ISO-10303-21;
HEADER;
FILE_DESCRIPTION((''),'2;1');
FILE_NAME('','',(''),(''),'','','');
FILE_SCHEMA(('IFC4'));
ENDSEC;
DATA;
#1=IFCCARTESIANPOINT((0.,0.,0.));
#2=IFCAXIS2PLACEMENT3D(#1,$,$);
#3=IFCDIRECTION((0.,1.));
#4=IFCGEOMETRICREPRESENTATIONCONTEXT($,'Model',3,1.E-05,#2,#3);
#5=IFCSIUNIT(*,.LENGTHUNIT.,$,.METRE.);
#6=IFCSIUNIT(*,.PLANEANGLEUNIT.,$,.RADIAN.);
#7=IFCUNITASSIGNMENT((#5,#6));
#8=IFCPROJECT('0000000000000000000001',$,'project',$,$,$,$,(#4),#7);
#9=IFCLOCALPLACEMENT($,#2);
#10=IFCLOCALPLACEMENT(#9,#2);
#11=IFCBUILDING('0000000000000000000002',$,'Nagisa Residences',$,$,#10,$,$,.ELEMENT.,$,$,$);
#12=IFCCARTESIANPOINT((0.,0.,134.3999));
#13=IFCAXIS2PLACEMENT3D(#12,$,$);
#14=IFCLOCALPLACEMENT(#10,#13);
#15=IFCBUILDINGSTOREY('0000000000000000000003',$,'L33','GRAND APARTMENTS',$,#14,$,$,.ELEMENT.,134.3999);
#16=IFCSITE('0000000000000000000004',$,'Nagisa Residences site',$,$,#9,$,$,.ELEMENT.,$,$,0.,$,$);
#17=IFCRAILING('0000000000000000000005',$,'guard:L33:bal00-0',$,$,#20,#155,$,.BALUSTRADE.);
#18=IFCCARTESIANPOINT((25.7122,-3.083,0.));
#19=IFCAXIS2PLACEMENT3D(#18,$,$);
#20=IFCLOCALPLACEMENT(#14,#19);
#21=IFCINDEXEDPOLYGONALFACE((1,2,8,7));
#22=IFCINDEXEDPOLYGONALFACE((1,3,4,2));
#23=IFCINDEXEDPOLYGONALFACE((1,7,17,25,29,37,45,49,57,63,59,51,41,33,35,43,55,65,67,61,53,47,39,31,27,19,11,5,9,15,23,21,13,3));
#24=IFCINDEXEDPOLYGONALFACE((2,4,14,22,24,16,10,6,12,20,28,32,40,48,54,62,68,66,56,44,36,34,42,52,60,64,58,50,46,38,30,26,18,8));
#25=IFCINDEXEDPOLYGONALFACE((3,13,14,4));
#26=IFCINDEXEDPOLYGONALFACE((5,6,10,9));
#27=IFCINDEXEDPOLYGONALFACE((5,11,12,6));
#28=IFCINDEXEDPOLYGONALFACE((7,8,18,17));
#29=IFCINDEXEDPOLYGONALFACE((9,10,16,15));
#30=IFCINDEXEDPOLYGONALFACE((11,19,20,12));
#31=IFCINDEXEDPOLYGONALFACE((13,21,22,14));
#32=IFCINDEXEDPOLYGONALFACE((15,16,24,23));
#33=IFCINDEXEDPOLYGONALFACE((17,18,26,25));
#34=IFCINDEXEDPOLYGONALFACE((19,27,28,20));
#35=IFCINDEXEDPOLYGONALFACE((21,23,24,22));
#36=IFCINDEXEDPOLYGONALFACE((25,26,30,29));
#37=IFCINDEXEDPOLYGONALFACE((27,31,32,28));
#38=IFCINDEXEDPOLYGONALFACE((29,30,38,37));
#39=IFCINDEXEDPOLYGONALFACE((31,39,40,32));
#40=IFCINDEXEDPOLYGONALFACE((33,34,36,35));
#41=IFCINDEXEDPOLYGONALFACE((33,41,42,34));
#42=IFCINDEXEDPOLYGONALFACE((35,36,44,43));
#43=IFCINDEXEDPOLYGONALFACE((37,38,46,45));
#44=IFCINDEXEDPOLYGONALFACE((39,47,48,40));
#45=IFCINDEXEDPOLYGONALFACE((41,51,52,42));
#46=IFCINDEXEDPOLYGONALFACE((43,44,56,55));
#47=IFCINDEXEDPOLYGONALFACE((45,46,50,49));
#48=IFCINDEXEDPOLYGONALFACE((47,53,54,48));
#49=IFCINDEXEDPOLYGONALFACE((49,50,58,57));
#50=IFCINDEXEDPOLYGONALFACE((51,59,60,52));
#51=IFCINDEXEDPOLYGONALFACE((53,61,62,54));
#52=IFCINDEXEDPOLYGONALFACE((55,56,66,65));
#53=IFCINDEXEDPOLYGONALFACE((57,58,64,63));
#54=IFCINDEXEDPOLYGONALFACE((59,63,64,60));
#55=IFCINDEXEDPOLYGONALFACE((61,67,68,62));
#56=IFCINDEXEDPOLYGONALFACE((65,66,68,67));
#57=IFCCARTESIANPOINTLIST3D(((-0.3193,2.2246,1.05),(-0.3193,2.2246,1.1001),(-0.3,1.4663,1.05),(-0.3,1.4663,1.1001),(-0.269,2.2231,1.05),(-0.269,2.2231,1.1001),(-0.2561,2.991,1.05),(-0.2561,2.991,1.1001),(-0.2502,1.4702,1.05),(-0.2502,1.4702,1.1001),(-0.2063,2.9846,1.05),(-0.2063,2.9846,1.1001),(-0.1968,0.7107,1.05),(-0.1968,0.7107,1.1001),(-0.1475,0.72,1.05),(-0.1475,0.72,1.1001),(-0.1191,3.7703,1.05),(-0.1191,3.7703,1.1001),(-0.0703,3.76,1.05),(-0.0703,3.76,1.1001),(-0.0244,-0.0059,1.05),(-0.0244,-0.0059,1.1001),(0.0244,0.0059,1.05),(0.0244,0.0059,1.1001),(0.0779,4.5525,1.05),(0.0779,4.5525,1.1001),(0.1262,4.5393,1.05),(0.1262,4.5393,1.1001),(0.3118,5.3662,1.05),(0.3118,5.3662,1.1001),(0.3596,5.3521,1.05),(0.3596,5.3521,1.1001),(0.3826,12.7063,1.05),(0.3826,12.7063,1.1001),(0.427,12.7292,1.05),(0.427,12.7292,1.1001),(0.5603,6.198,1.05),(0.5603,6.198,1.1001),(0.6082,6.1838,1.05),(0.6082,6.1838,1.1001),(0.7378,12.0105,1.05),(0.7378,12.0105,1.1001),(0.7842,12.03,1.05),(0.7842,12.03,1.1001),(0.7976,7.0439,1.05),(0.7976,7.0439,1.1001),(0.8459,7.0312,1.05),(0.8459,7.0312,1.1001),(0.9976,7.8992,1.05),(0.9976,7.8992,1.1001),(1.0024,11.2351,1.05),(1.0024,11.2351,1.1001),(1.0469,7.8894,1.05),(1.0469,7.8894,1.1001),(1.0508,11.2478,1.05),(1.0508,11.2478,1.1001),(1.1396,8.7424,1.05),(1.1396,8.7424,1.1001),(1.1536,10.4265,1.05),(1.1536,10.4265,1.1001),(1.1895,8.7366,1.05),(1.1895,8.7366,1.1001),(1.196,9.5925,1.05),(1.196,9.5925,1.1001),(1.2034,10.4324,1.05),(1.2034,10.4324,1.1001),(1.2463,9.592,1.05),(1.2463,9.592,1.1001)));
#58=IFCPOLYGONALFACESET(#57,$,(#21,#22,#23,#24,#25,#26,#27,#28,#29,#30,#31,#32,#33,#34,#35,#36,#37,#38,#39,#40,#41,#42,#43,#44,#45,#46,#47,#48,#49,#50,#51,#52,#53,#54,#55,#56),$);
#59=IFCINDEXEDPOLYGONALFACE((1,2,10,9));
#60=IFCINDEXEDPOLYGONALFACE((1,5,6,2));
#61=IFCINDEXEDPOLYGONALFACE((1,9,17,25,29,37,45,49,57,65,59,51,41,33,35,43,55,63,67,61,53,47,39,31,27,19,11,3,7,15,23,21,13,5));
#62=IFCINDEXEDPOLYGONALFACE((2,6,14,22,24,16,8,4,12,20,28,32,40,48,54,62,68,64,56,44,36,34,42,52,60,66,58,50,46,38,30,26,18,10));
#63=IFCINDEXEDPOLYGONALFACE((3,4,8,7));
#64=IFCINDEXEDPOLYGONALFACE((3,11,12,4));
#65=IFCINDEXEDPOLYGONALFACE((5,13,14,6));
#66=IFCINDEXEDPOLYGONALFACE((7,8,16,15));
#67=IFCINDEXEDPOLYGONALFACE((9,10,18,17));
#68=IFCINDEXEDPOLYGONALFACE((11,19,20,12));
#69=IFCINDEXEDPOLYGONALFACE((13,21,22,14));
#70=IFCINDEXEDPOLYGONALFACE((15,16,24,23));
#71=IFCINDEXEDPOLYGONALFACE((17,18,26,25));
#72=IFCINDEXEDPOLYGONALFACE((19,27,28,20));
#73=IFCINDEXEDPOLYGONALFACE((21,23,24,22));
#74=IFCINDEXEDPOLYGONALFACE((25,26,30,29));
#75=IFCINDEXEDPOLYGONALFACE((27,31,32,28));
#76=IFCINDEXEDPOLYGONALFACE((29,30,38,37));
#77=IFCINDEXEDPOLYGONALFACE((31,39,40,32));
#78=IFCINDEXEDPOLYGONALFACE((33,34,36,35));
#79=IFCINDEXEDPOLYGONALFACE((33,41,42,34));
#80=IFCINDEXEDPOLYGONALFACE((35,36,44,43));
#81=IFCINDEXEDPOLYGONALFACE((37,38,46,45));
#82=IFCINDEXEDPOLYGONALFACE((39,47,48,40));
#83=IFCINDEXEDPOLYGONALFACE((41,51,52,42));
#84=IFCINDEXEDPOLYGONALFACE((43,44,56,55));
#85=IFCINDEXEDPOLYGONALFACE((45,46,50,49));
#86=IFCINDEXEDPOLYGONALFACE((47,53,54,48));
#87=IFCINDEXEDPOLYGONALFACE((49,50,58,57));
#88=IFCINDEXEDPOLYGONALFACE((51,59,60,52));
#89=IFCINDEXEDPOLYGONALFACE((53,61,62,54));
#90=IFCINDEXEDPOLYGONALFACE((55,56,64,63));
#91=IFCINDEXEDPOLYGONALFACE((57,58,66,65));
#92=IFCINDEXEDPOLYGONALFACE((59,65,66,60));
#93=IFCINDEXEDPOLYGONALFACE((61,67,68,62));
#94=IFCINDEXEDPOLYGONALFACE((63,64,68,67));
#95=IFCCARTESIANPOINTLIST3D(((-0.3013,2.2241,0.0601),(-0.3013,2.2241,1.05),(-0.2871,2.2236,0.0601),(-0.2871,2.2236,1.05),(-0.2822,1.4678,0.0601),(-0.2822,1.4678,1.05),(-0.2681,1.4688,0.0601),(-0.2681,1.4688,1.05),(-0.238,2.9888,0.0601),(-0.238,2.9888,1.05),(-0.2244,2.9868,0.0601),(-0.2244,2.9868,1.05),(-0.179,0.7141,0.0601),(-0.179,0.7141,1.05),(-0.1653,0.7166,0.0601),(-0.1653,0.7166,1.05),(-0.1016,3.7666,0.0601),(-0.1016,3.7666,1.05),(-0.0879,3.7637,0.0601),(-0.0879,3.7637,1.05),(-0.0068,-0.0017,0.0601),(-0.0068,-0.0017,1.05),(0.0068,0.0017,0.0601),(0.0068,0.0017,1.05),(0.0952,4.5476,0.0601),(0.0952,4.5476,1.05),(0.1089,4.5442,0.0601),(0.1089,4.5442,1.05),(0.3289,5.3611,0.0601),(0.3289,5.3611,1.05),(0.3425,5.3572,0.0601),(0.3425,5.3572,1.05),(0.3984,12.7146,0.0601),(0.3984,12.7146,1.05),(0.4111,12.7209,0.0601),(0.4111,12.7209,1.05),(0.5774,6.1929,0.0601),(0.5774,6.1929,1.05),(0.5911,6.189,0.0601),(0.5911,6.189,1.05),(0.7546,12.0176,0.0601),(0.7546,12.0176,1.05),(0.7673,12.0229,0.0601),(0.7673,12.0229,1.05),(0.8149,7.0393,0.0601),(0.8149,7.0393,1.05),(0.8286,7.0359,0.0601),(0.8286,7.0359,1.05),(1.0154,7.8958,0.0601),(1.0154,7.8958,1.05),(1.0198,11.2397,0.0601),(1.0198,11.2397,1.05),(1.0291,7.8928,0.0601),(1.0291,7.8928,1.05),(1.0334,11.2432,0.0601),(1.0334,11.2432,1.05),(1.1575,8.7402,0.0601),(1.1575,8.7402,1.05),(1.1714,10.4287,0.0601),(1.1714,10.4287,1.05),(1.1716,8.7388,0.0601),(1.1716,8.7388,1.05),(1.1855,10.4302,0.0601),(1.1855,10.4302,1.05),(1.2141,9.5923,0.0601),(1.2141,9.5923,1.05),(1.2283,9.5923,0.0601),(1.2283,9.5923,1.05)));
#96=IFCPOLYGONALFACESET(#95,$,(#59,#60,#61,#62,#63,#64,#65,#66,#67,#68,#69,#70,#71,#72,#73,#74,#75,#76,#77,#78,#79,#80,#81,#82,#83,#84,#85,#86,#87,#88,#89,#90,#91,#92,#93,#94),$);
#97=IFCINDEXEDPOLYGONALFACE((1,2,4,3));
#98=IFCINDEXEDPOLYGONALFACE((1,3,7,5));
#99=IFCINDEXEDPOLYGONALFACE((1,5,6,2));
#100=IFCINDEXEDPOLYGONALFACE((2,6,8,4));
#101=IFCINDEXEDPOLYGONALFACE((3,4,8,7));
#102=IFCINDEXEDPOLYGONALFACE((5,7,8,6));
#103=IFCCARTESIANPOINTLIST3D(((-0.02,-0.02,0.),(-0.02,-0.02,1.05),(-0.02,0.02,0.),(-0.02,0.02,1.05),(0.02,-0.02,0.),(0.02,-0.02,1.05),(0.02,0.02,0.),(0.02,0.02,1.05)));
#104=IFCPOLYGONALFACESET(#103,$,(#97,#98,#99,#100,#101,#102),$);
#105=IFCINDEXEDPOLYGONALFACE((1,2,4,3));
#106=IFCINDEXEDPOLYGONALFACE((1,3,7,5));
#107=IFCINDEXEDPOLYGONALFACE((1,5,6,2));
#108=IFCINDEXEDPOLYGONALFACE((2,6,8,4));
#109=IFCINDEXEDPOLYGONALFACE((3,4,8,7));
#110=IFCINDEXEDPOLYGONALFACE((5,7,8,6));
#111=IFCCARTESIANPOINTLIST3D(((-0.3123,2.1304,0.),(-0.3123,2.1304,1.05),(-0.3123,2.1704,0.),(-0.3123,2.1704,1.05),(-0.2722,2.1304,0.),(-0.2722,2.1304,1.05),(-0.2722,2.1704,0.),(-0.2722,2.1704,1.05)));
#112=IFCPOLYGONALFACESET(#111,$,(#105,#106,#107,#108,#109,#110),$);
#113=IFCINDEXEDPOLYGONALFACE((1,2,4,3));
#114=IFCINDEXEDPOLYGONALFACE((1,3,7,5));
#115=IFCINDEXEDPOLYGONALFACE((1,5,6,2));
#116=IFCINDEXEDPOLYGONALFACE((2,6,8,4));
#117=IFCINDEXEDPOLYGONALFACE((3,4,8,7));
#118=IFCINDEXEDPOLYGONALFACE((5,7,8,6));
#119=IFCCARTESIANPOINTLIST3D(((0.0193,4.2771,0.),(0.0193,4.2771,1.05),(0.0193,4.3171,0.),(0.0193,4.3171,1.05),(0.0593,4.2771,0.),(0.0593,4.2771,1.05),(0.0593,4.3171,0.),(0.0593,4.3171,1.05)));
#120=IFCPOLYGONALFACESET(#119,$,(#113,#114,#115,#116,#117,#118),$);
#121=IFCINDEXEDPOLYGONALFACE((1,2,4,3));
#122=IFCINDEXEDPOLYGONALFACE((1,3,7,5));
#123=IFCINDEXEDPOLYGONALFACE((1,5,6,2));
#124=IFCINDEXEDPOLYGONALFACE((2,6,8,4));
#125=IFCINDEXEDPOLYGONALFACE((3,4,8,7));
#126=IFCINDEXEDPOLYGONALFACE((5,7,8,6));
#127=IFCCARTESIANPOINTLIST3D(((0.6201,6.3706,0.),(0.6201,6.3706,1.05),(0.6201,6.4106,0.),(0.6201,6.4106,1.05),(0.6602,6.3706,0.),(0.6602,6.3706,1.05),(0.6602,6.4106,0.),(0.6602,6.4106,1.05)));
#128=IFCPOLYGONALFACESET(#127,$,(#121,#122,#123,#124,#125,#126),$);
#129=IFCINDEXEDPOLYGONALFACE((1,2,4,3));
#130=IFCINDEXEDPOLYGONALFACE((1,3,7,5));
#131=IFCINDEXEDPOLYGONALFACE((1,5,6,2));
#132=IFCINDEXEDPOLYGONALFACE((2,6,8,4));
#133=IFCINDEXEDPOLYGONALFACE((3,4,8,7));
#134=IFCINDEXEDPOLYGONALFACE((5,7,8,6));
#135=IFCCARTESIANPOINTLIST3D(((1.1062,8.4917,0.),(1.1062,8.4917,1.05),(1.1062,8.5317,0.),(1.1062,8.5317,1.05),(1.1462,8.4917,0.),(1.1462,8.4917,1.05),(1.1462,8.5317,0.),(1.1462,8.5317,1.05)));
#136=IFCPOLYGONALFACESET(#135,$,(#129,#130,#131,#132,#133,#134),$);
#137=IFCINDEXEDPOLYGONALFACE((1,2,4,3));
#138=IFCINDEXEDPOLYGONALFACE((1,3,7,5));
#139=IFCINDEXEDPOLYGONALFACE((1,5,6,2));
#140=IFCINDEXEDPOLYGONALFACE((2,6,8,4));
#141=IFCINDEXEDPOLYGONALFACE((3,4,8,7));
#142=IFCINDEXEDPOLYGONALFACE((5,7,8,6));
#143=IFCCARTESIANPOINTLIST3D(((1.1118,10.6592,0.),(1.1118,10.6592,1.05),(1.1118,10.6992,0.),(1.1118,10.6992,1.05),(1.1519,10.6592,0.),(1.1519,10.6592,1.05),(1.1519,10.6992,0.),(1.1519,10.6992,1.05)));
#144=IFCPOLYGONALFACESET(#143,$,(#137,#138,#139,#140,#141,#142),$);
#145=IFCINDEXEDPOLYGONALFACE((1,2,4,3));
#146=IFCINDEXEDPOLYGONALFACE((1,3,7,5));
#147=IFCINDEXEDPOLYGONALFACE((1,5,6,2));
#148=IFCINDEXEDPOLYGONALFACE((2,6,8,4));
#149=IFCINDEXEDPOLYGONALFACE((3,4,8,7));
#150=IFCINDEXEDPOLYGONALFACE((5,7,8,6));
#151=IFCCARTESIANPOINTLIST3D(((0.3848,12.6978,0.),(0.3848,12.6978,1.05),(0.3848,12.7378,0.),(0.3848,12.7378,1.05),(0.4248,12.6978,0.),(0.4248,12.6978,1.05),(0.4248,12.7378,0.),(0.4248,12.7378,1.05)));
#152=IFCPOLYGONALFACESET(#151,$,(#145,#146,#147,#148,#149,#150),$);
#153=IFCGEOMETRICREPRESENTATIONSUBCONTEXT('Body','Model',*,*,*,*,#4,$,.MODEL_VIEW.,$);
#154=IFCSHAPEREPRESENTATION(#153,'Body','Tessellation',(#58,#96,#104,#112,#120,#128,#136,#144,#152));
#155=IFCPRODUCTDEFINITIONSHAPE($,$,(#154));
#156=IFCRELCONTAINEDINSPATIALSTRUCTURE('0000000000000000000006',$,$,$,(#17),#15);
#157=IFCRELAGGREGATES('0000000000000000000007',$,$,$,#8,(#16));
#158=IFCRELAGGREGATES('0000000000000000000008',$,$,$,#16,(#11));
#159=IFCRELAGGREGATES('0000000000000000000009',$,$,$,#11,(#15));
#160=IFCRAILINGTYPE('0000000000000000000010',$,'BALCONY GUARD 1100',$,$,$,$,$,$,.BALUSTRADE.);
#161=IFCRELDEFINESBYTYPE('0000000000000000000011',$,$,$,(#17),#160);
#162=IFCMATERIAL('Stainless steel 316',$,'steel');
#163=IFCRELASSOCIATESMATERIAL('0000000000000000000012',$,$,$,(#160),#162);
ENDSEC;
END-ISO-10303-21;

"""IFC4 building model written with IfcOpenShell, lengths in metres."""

from ifc_helpers import new_model, si_unit, direction, frame, origin, origin_2d, place, context, subcontext, project, spatial, polyline, rectangle, outline, extrude, material, type_object, element, save


model = new_model("IFC4")

# Units and contexts
model_context = context("Model", 3, precision=1e-05, world=origin(), true_north=direction((0.0, 1.0)))
body_context = subcontext(model_context, "Body", "Model", "MODEL_VIEW")
ifc_project = project(units=[si_unit("LENGTHUNIT", "METRE"), si_unit("PLANEANGLEUNIT", "RADIAN")], contexts=[model_context])

# Site, building, storey
site_placement = place(None, origin())
site = spatial("IfcSite", under=ifc_project, at=site_placement, Name="Nagisa Residences site", CompositionType="ELEMENT", RefElevation=0.0)
building_placement = place(site_placement, origin())
building = spatial("IfcBuilding", under=site, at=building_placement, Name="Nagisa Residences", CompositionType="ELEMENT")
storey_placement = place(building_placement, frame((0.0, 0.0, 134.3999)))
storey = spatial("IfcBuildingStorey", under=building, at=storey_placement, Name="L33", Description="GRAND APARTMENTS", CompositionType="ELEMENT", Elevation=134.3999)

# Railing
ifc_material_1 = material(Name="Stainless steel 316", Category="steel")
railing_type = type_object("IfcRailingType", Name="BALCONY GUARD 1100", PredefinedType="BALUSTRADE", material=ifc_material_1)
railing_placement = place(storey_placement, frame((25.7122, -3.083, 0.0)))
element("IfcRailing", 1, at=railing_placement, inside=storey, type_object=railing_type, Name="guard:L33:bal00-0", PredefinedType="BALUSTRADE", context=body_context, shape_type="SweptSolid", body=[
    extrude(outline(polyline([(-0.1968, 0.7107), (-0.0244, -0.0059), (0.0244, 0.0059), (-0.1475, 0.72), (-0.2502, 1.4702), (-0.269, 2.2231), (-0.2063, 2.9846), (-0.0703, 3.76), (0.1262, 4.5393), (0.3596, 5.3521), (0.6082, 6.1838), (0.8459, 7.0312), (1.0469, 7.8894), (1.1895, 8.7366), (1.2463, 9.592), (1.2034, 10.4324), (1.0508, 11.2478), (0.7842, 12.03), (0.427, 12.7292), (0.3826, 12.7063), (0.7378, 12.0105), (1.0024, 11.2351), (1.1536, 10.4265), (1.196, 9.5925), (1.1396, 8.7424), (0.9976, 7.8992), (0.7976, 7.0439), (0.5603, 6.198), (0.3118, 5.3662), (0.0779, 4.5525), (-0.1191, 3.7703), (-0.2561, 2.991), (-0.3193, 2.2246), (-0.3, 1.4663), (-0.1968, 0.7107)])), frame((0.0, 0.0, 1.05)), (0.0, 0.0, 1.0), 0.05),
    extrude(outline(polyline([(-0.179, 0.7141), (-0.0068, -0.0017), (0.0068, 0.0017), (-0.1653, 0.7166), (-0.2681, 1.4688), (-0.2871, 2.2236), (-0.2244, 2.9868), (-0.0879, 3.7637), (0.1089, 4.5442), (0.3425, 5.3572), (0.5911, 6.189), (0.8286, 7.0359), (1.0291, 7.8928), (1.1716, 8.7388), (1.2283, 9.5923), (1.1855, 10.4302), (1.0334, 11.2432), (0.7673, 12.0229), (0.4111, 12.7209), (0.3984, 12.7146), (0.7546, 12.0176), (1.0198, 11.2397), (1.1714, 10.4287), (1.2141, 9.5923), (1.1575, 8.7402), (1.0154, 7.8958), (0.8149, 7.0393), (0.5774, 6.1929), (0.3289, 5.3611), (0.0952, 4.5476), (-0.1016, 3.7666), (-0.238, 2.9888), (-0.3013, 2.2241), (-0.2822, 1.4678), (-0.179, 0.7141)])), frame((0.0, 0.0, 0.0601)), (0.0, 0.0, 1.0), 0.99),
    extrude(rectangle(XDim=0.04, YDim=0.04, at=origin_2d()), origin(), (0.0, 0.0, 1.0), 1.05),
    extrude(rectangle(XDim=0.04, YDim=0.04, at=origin_2d()), frame((-0.2922, 2.1504, 0.0)), (0.0, 0.0, 1.0), 1.05),
    extrude(rectangle(XDim=0.04, YDim=0.04, at=origin_2d()), frame((0.0393, 4.2971, 0.0)), (0.0, 0.0, 1.0), 1.05),
    extrude(rectangle(XDim=0.04, YDim=0.04, at=origin_2d()), frame((0.6401, 6.3906, 0.0)), (0.0, 0.0, 1.0), 1.05),
    extrude(rectangle(XDim=0.04, YDim=0.04, at=origin_2d()), frame((1.1262, 8.5117, 0.0)), (0.0, 0.0, 1.0), 1.05),
    extrude(rectangle(XDim=0.04, YDim=0.04, at=origin_2d()), frame((1.1318, 10.6792, 0.0)), (0.0, 0.0, 1.0), 1.05),
    extrude(rectangle(XDim=0.04, YDim=0.04, at=origin_2d()), frame((0.4048, 12.7178, 0.0)), (0.0, 0.0, 1.0), 1.05),
])

save(model, "model.ifc")
